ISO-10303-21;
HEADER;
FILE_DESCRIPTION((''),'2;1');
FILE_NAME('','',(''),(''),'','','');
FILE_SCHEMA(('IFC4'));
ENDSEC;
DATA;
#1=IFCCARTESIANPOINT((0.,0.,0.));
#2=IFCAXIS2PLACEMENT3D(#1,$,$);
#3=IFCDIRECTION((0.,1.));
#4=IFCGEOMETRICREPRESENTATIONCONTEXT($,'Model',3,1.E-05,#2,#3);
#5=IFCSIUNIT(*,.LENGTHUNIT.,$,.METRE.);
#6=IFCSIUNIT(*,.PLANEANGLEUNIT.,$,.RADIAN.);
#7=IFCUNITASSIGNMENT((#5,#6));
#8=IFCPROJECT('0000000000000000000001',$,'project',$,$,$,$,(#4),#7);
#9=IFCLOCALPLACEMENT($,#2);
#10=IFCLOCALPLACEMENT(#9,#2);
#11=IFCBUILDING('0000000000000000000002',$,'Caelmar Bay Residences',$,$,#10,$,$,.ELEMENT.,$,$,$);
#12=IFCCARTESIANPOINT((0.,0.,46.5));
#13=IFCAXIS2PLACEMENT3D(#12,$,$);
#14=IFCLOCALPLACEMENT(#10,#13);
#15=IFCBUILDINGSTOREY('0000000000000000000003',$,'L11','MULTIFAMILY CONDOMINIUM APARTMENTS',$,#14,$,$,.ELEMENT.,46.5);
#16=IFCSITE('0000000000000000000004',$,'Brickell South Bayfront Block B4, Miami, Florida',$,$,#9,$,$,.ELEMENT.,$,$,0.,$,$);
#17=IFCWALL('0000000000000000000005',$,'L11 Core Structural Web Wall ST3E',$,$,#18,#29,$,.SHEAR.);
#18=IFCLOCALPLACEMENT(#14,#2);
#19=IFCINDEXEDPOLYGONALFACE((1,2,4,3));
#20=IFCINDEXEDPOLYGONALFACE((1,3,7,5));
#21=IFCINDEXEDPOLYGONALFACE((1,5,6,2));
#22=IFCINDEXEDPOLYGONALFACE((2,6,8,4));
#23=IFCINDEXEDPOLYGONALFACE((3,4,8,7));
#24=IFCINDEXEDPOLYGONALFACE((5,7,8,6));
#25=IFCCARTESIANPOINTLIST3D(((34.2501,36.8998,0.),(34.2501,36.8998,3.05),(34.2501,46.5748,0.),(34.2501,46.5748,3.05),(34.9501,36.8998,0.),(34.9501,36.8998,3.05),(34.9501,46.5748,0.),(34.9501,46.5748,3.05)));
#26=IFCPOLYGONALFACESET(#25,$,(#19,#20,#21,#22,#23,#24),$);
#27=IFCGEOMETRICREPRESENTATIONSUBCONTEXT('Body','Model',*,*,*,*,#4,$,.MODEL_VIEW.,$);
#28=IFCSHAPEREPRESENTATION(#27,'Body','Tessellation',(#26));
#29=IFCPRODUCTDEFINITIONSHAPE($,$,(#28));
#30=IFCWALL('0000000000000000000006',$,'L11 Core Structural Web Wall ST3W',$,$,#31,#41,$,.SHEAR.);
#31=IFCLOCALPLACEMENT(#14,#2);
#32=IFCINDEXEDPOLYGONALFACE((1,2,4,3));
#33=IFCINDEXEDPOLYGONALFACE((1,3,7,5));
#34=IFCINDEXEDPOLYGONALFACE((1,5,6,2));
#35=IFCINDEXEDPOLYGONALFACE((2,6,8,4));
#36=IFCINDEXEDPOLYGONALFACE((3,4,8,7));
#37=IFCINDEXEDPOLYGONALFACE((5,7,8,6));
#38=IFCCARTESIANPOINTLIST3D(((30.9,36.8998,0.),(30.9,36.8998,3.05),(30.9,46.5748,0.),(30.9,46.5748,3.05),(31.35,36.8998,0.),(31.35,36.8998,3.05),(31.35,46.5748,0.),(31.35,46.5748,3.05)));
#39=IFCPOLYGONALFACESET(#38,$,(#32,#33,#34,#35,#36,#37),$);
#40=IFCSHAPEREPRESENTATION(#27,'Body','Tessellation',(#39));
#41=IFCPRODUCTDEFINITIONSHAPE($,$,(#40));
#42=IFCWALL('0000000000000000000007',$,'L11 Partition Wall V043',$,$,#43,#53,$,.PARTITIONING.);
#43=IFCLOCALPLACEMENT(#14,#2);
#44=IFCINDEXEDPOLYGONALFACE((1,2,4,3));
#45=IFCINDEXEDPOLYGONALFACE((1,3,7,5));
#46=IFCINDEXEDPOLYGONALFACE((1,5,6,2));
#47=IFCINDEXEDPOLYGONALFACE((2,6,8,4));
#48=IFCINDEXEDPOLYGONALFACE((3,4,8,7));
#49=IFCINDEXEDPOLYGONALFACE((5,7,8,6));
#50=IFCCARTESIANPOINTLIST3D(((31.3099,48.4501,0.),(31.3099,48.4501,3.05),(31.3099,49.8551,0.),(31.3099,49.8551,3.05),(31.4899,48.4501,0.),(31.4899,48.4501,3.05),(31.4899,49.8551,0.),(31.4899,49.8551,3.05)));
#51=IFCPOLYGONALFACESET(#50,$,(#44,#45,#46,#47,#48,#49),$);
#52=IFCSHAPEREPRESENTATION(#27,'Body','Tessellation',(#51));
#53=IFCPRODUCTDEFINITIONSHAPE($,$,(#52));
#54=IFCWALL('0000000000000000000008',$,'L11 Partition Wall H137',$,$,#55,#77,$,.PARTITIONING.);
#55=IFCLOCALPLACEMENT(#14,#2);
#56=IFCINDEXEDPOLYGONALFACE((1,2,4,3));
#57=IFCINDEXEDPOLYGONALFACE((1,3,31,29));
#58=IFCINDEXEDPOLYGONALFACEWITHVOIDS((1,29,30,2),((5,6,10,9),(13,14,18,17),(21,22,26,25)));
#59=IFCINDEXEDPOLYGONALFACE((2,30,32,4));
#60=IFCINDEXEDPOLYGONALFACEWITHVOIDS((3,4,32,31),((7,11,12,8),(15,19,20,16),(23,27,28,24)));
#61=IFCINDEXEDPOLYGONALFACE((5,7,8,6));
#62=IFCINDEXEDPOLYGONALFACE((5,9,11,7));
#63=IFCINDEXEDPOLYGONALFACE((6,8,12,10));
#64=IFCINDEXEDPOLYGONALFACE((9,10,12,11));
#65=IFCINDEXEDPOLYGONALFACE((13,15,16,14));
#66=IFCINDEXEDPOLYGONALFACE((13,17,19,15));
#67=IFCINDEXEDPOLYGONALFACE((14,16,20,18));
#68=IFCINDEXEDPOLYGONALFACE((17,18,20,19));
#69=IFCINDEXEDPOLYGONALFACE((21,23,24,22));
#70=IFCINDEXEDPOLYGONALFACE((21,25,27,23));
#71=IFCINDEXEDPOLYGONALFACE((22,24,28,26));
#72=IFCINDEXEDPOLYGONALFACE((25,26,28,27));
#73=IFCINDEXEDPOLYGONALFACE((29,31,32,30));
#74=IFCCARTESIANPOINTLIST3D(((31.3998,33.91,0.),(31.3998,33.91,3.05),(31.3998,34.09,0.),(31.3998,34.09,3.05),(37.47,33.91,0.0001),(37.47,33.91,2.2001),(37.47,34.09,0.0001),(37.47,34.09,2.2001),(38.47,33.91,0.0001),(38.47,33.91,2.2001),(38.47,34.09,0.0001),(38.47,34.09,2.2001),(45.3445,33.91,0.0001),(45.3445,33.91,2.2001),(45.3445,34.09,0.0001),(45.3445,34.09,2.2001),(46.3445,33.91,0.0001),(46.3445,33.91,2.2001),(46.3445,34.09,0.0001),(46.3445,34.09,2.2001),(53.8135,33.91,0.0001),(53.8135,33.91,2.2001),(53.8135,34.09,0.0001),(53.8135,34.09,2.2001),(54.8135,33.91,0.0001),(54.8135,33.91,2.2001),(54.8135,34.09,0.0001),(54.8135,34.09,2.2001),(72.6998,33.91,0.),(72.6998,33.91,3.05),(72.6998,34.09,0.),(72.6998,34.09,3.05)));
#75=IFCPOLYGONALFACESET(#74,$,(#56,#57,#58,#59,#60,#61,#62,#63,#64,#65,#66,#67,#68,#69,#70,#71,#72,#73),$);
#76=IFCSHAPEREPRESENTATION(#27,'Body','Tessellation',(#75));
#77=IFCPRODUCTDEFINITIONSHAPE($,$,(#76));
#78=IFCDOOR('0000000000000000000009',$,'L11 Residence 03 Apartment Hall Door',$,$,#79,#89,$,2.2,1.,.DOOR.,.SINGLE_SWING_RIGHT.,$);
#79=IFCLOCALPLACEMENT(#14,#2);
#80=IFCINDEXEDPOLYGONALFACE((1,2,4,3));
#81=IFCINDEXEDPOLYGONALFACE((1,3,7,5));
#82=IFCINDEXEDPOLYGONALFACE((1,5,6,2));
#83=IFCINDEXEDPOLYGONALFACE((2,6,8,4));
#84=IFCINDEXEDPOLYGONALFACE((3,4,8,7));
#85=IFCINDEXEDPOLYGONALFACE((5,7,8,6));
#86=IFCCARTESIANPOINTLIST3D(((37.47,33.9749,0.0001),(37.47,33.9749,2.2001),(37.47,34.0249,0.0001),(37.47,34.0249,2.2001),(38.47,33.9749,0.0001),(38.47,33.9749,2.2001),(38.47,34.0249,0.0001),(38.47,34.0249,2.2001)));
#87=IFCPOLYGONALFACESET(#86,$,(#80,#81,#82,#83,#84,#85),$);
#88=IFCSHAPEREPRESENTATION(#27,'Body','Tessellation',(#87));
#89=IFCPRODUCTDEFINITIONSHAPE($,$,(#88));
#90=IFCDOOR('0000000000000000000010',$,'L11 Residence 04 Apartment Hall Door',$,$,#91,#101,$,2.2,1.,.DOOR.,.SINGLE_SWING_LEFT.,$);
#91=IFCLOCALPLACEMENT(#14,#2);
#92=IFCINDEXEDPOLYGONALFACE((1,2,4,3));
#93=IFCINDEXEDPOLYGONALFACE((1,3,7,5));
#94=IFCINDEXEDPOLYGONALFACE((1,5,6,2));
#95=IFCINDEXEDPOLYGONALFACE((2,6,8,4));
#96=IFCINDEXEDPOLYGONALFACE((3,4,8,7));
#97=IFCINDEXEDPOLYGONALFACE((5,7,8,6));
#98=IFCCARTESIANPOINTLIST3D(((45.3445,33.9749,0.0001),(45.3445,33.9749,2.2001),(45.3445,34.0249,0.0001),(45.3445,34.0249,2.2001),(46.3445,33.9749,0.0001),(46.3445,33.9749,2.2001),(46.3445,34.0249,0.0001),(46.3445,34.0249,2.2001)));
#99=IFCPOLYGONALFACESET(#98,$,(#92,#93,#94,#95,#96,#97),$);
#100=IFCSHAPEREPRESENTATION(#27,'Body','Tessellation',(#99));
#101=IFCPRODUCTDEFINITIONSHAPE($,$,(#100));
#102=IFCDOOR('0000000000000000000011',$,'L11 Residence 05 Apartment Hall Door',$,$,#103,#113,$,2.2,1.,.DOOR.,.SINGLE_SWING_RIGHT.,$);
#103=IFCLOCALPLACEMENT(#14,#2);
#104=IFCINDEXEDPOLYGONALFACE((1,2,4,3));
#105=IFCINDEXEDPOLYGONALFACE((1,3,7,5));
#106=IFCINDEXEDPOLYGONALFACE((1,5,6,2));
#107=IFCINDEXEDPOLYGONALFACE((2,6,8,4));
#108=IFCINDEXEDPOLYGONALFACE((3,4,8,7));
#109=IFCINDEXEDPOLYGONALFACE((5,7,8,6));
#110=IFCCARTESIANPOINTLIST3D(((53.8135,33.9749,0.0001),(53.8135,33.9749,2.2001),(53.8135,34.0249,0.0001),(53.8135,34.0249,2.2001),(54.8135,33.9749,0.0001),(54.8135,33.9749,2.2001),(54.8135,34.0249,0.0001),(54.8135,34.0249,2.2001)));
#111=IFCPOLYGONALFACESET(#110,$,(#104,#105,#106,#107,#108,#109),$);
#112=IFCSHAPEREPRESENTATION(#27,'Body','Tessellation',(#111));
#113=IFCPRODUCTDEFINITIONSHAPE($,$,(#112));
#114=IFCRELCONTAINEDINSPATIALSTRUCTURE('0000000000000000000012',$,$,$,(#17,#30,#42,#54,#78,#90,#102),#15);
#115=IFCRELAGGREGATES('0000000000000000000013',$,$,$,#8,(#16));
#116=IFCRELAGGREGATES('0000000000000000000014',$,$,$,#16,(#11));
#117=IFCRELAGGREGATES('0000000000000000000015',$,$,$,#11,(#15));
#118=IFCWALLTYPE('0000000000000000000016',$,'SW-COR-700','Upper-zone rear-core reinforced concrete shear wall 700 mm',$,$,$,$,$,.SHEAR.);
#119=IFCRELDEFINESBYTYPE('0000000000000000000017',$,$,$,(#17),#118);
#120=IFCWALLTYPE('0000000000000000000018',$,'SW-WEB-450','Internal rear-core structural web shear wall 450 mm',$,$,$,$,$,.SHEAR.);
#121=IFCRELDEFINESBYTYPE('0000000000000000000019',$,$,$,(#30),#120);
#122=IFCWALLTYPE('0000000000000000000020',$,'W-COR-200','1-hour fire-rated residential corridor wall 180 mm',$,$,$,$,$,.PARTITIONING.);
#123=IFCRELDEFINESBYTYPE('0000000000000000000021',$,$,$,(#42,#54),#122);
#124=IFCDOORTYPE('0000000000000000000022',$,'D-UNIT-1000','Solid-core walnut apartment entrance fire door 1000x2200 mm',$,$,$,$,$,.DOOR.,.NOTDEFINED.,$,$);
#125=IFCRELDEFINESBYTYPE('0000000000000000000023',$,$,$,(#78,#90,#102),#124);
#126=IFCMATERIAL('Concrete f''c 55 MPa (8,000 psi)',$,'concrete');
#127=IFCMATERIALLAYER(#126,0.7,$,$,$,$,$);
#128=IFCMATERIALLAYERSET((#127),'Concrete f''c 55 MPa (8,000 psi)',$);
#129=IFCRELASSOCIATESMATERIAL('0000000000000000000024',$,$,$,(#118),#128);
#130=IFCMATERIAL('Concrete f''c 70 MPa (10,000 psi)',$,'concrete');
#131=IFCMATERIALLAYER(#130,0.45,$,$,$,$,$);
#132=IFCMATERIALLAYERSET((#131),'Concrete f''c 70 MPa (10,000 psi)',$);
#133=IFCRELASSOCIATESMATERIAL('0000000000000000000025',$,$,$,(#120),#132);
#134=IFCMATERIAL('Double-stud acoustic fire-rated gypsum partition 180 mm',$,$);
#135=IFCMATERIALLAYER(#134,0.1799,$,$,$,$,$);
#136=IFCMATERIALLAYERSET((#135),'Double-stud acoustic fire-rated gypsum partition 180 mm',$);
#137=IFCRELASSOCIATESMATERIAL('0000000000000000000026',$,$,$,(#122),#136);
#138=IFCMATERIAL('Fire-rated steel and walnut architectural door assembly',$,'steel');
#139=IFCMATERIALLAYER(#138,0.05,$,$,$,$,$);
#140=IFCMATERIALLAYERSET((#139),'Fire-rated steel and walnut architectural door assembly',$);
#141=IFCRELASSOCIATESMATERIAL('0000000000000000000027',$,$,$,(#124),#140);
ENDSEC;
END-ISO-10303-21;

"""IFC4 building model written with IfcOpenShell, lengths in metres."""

from ifc_helpers import new_model, si_unit, direction, frame, frame_2d, origin, place, context, subcontext, project, spatial, rectangle, extrude, material, layer, layer_set, type_object, element, fill, save


model = new_model("IFC4")

# Units and contexts
model_context = context("Model", 3, precision=1e-05, world=origin(), true_north=direction((0.0, 1.0)))
body_context = subcontext(model_context, "Body", "Model", "MODEL_VIEW")
ifc_project = project(units=[si_unit("LENGTHUNIT", "METRE"), si_unit("PLANEANGLEUNIT", "RADIAN")], contexts=[model_context])

# Site, building, storey
site_placement = place(None, origin())
site = spatial("IfcSite", under=ifc_project, at=site_placement, Name="Brickell South Bayfront Block B4, Miami, Florida", CompositionType="ELEMENT", RefElevation=0.0)
building_placement = place(site_placement, origin())
building = spatial("IfcBuilding", under=site, at=building_placement, Name="Caelmar Bay Residences", CompositionType="ELEMENT")
storey_placement = place(building_placement, frame((0.0, 0.0, 46.5)))
storey = spatial("IfcBuildingStorey", under=building, at=storey_placement, Name="L11", Description="MULTIFAMILY CONDOMINIUM APARTMENTS", CompositionType="ELEMENT", Elevation=46.5)

# Walls
ifc_material_1 = material(Name="Concrete f'c 55 MPa (8,000 psi)", Category="concrete")
ifc_layer_1 = layer(ifc_material_1, 0.7)
ifc_layer_set_1 = layer_set([ifc_layer_1], Name="Concrete f'c 55 MPa (8,000 psi)")
wall_type_1 = type_object("IfcWallType", Name="SW-COR-700", Description="Upper-zone rear-core reinforced concrete shear wall 700 mm", PredefinedType="SHEAR", material=ifc_layer_set_1)
wall_1_placement = place(storey_placement, frame((34.6001, 36.8999, 0.0), z_axis=(0.0, 0.0, 1.0), x_axis=(0.0, 1.0, 0.0)))
element("IfcWall", 1, at=wall_1_placement, inside=storey, type_object=wall_type_1, Name="L11 Core Structural Web Wall ST3E", PredefinedType="SHEAR", context=body_context, shape_type="SweptSolid", body=[
    extrude(rectangle(XDim=9.675, YDim=0.7, at=frame_2d((4.8374, 0.0))), origin(), (0.0, 0.0, 1.0), 3.05),
])
ifc_material_2 = material(Name="Concrete f'c 70 MPa (10,000 psi)", Category="concrete")
ifc_layer_2 = layer(ifc_material_2, 0.45)
ifc_layer_set_2 = layer_set([ifc_layer_2], Name="Concrete f'c 70 MPa (10,000 psi)")
wall_type_2 = type_object("IfcWallType", Name="SW-WEB-450", Description="Internal rear-core structural web shear wall 450 mm", PredefinedType="SHEAR", material=ifc_layer_set_2)
wall_2_placement = place(storey_placement, frame((31.125, 36.8999, 0.0), z_axis=(0.0, 0.0, 1.0), x_axis=(0.0, 1.0, 0.0)))
element("IfcWall", 2, at=wall_2_placement, inside=storey, type_object=wall_type_2, Name="L11 Core Structural Web Wall ST3W", PredefinedType="SHEAR", context=body_context, shape_type="SweptSolid", body=[
    extrude(rectangle(XDim=9.675, YDim=0.45, at=frame_2d((4.8374, 0.0))), origin(), (0.0, 0.0, 1.0), 3.05),
])
ifc_material_3 = material(Name="Double-stud acoustic fire-rated gypsum partition 180 mm")
ifc_layer_3 = layer(ifc_material_3, 0.1799)
ifc_layer_set_3 = layer_set([ifc_layer_3], Name="Double-stud acoustic fire-rated gypsum partition 180 mm")
wall_type_3 = type_object("IfcWallType", Name="W-COR-200", Description="1-hour fire-rated residential corridor wall 180 mm", PredefinedType="PARTITIONING", material=ifc_layer_set_3)
wall_3_placement = place(storey_placement, frame((31.3999, 48.45, 0.0), z_axis=(0.0, 0.0, 1.0), x_axis=(0.0, 1.0, 0.0)))
element("IfcWall", 3, at=wall_3_placement, inside=storey, type_object=wall_type_3, Name="L11 Partition Wall V043", PredefinedType="PARTITIONING", context=body_context, shape_type="SweptSolid", body=[
    extrude(rectangle(XDim=1.405, YDim=0.1799, at=frame_2d((0.7026, 0.0))), origin(), (0.0, 0.0, 1.0), 3.05),
])

# Wall, openings, doors
wall_4_placement = place(storey_placement, frame((31.3999, 34.0, 0.0), z_axis=(0.0, 0.0, 1.0), x_axis=(1.0, 0.0, 0.0)))
wall_4 = element("IfcWall", 4, at=wall_4_placement, inside=storey, type_object=wall_type_3, Name="L11 Partition Wall H137", PredefinedType="PARTITIONING", context=body_context, shape_type="SweptSolid", body=[
    extrude(rectangle(XDim=41.3, YDim=0.1799, at=frame_2d((20.6499, 0.0))), origin(), (0.0, 0.0, 1.0), 3.05),
])
opening_1_placement = place(wall_4_placement, frame((6.0701, 0.0, 0.0)))
opening_1 = element("IfcOpeningElement", 5, at=opening_1_placement, cuts=wall_4, PredefinedType="OPENING", context=body_context, shape_type="SweptSolid", body=[
    extrude(rectangle(XDim=1.0, YDim=2.2, at=frame_2d((0.5, 1.1001))), frame((0.0, 0.0999, 0.0), z_axis=(0.0, -1.0, 0.0), x_axis=(1.0, 0.0, 0.0)), (0.0, 0.0, 1.0), 0.2),
])
opening_2_placement = place(wall_4_placement, frame((13.9446, 0.0, 0.0)))
opening_2 = element("IfcOpeningElement", 6, at=opening_2_placement, cuts=wall_4, PredefinedType="OPENING", context=body_context, shape_type="SweptSolid", body=[
    extrude(rectangle(XDim=1.0, YDim=2.2, at=frame_2d((0.5, 1.1001))), frame((0.0, 0.0999, 0.0), z_axis=(0.0, -1.0, 0.0), x_axis=(1.0, 0.0, 0.0)), (0.0, 0.0, 1.0), 0.2),
])
opening_3_placement = place(wall_4_placement, frame((22.4136, 0.0, 0.0)))
opening_3 = element("IfcOpeningElement", 7, at=opening_3_placement, cuts=wall_4, PredefinedType="OPENING", context=body_context, shape_type="SweptSolid", body=[
    extrude(rectangle(XDim=1.0, YDim=2.2, at=frame_2d((0.5, 1.1001))), frame((0.0, 0.0999, 0.0), z_axis=(0.0, -1.0, 0.0), x_axis=(1.0, 0.0, 0.0)), (0.0, 0.0, 1.0), 0.2),
])
ifc_material_4 = material(Name="Fire-rated steel and walnut architectural door assembly", Category="steel")
ifc_layer_4 = layer(ifc_material_4, 0.05)
ifc_layer_set_4 = layer_set([ifc_layer_4], Name="Fire-rated steel and walnut architectural door assembly")
door_type_1 = type_object("IfcDoorType", Name="D-UNIT-1000", Description="Solid-core walnut apartment entrance fire door 1000x2200 mm", OperationType="NOTDEFINED", PredefinedType="DOOR", material=ifc_layer_set_4)
door_1_placement = place(opening_1_placement, origin())
door_1 = element("IfcDoor", 8, at=door_1_placement, inside=storey, type_object=door_type_1, Name="L11 Residence 03 Apartment Hall Door", OperationType="SINGLE_SWING_RIGHT", OverallHeight=2.2, OverallWidth=1.0, PredefinedType="DOOR", context=body_context, shape_type="SweptSolid", body=[
    extrude(rectangle(XDim=1.0, YDim=2.2, at=frame_2d((0.5, 1.1001))), frame((0.0, 0.0249, 0.0), z_axis=(0.0, -1.0, 0.0), x_axis=(1.0, 0.0, 0.0)), (0.0, 0.0, 1.0), 0.05),
])
fill(opening_1, door_1)
door_2_placement = place(opening_2_placement, origin())
door_2 = element("IfcDoor", 9, at=door_2_placement, inside=storey, type_object=door_type_1, Name="L11 Residence 04 Apartment Hall Door", OperationType="SINGLE_SWING_LEFT", OverallHeight=2.2, OverallWidth=1.0, PredefinedType="DOOR", context=body_context, shape_type="SweptSolid", body=[
    extrude(rectangle(XDim=1.0, YDim=2.2, at=frame_2d((0.5, 1.1001))), frame((0.0, 0.0249, 0.0), z_axis=(0.0, -1.0, 0.0), x_axis=(1.0, 0.0, 0.0)), (0.0, 0.0, 1.0), 0.05),
])
fill(opening_2, door_2)
door_3_placement = place(opening_3_placement, origin())
door_3 = element("IfcDoor", 10, at=door_3_placement, inside=storey, type_object=door_type_1, Name="L11 Residence 05 Apartment Hall Door", OperationType="SINGLE_SWING_RIGHT", OverallHeight=2.2, OverallWidth=1.0, PredefinedType="DOOR", context=body_context, shape_type="SweptSolid", body=[
    extrude(rectangle(XDim=1.0, YDim=2.2, at=frame_2d((0.5, 1.1001))), frame((0.0, 0.0249, 0.0), z_axis=(0.0, -1.0, 0.0), x_axis=(1.0, 0.0, 0.0)), (0.0, 0.0, 1.0), 0.05),
])
fill(opening_3, door_3)

save(model, "model.ifc")
